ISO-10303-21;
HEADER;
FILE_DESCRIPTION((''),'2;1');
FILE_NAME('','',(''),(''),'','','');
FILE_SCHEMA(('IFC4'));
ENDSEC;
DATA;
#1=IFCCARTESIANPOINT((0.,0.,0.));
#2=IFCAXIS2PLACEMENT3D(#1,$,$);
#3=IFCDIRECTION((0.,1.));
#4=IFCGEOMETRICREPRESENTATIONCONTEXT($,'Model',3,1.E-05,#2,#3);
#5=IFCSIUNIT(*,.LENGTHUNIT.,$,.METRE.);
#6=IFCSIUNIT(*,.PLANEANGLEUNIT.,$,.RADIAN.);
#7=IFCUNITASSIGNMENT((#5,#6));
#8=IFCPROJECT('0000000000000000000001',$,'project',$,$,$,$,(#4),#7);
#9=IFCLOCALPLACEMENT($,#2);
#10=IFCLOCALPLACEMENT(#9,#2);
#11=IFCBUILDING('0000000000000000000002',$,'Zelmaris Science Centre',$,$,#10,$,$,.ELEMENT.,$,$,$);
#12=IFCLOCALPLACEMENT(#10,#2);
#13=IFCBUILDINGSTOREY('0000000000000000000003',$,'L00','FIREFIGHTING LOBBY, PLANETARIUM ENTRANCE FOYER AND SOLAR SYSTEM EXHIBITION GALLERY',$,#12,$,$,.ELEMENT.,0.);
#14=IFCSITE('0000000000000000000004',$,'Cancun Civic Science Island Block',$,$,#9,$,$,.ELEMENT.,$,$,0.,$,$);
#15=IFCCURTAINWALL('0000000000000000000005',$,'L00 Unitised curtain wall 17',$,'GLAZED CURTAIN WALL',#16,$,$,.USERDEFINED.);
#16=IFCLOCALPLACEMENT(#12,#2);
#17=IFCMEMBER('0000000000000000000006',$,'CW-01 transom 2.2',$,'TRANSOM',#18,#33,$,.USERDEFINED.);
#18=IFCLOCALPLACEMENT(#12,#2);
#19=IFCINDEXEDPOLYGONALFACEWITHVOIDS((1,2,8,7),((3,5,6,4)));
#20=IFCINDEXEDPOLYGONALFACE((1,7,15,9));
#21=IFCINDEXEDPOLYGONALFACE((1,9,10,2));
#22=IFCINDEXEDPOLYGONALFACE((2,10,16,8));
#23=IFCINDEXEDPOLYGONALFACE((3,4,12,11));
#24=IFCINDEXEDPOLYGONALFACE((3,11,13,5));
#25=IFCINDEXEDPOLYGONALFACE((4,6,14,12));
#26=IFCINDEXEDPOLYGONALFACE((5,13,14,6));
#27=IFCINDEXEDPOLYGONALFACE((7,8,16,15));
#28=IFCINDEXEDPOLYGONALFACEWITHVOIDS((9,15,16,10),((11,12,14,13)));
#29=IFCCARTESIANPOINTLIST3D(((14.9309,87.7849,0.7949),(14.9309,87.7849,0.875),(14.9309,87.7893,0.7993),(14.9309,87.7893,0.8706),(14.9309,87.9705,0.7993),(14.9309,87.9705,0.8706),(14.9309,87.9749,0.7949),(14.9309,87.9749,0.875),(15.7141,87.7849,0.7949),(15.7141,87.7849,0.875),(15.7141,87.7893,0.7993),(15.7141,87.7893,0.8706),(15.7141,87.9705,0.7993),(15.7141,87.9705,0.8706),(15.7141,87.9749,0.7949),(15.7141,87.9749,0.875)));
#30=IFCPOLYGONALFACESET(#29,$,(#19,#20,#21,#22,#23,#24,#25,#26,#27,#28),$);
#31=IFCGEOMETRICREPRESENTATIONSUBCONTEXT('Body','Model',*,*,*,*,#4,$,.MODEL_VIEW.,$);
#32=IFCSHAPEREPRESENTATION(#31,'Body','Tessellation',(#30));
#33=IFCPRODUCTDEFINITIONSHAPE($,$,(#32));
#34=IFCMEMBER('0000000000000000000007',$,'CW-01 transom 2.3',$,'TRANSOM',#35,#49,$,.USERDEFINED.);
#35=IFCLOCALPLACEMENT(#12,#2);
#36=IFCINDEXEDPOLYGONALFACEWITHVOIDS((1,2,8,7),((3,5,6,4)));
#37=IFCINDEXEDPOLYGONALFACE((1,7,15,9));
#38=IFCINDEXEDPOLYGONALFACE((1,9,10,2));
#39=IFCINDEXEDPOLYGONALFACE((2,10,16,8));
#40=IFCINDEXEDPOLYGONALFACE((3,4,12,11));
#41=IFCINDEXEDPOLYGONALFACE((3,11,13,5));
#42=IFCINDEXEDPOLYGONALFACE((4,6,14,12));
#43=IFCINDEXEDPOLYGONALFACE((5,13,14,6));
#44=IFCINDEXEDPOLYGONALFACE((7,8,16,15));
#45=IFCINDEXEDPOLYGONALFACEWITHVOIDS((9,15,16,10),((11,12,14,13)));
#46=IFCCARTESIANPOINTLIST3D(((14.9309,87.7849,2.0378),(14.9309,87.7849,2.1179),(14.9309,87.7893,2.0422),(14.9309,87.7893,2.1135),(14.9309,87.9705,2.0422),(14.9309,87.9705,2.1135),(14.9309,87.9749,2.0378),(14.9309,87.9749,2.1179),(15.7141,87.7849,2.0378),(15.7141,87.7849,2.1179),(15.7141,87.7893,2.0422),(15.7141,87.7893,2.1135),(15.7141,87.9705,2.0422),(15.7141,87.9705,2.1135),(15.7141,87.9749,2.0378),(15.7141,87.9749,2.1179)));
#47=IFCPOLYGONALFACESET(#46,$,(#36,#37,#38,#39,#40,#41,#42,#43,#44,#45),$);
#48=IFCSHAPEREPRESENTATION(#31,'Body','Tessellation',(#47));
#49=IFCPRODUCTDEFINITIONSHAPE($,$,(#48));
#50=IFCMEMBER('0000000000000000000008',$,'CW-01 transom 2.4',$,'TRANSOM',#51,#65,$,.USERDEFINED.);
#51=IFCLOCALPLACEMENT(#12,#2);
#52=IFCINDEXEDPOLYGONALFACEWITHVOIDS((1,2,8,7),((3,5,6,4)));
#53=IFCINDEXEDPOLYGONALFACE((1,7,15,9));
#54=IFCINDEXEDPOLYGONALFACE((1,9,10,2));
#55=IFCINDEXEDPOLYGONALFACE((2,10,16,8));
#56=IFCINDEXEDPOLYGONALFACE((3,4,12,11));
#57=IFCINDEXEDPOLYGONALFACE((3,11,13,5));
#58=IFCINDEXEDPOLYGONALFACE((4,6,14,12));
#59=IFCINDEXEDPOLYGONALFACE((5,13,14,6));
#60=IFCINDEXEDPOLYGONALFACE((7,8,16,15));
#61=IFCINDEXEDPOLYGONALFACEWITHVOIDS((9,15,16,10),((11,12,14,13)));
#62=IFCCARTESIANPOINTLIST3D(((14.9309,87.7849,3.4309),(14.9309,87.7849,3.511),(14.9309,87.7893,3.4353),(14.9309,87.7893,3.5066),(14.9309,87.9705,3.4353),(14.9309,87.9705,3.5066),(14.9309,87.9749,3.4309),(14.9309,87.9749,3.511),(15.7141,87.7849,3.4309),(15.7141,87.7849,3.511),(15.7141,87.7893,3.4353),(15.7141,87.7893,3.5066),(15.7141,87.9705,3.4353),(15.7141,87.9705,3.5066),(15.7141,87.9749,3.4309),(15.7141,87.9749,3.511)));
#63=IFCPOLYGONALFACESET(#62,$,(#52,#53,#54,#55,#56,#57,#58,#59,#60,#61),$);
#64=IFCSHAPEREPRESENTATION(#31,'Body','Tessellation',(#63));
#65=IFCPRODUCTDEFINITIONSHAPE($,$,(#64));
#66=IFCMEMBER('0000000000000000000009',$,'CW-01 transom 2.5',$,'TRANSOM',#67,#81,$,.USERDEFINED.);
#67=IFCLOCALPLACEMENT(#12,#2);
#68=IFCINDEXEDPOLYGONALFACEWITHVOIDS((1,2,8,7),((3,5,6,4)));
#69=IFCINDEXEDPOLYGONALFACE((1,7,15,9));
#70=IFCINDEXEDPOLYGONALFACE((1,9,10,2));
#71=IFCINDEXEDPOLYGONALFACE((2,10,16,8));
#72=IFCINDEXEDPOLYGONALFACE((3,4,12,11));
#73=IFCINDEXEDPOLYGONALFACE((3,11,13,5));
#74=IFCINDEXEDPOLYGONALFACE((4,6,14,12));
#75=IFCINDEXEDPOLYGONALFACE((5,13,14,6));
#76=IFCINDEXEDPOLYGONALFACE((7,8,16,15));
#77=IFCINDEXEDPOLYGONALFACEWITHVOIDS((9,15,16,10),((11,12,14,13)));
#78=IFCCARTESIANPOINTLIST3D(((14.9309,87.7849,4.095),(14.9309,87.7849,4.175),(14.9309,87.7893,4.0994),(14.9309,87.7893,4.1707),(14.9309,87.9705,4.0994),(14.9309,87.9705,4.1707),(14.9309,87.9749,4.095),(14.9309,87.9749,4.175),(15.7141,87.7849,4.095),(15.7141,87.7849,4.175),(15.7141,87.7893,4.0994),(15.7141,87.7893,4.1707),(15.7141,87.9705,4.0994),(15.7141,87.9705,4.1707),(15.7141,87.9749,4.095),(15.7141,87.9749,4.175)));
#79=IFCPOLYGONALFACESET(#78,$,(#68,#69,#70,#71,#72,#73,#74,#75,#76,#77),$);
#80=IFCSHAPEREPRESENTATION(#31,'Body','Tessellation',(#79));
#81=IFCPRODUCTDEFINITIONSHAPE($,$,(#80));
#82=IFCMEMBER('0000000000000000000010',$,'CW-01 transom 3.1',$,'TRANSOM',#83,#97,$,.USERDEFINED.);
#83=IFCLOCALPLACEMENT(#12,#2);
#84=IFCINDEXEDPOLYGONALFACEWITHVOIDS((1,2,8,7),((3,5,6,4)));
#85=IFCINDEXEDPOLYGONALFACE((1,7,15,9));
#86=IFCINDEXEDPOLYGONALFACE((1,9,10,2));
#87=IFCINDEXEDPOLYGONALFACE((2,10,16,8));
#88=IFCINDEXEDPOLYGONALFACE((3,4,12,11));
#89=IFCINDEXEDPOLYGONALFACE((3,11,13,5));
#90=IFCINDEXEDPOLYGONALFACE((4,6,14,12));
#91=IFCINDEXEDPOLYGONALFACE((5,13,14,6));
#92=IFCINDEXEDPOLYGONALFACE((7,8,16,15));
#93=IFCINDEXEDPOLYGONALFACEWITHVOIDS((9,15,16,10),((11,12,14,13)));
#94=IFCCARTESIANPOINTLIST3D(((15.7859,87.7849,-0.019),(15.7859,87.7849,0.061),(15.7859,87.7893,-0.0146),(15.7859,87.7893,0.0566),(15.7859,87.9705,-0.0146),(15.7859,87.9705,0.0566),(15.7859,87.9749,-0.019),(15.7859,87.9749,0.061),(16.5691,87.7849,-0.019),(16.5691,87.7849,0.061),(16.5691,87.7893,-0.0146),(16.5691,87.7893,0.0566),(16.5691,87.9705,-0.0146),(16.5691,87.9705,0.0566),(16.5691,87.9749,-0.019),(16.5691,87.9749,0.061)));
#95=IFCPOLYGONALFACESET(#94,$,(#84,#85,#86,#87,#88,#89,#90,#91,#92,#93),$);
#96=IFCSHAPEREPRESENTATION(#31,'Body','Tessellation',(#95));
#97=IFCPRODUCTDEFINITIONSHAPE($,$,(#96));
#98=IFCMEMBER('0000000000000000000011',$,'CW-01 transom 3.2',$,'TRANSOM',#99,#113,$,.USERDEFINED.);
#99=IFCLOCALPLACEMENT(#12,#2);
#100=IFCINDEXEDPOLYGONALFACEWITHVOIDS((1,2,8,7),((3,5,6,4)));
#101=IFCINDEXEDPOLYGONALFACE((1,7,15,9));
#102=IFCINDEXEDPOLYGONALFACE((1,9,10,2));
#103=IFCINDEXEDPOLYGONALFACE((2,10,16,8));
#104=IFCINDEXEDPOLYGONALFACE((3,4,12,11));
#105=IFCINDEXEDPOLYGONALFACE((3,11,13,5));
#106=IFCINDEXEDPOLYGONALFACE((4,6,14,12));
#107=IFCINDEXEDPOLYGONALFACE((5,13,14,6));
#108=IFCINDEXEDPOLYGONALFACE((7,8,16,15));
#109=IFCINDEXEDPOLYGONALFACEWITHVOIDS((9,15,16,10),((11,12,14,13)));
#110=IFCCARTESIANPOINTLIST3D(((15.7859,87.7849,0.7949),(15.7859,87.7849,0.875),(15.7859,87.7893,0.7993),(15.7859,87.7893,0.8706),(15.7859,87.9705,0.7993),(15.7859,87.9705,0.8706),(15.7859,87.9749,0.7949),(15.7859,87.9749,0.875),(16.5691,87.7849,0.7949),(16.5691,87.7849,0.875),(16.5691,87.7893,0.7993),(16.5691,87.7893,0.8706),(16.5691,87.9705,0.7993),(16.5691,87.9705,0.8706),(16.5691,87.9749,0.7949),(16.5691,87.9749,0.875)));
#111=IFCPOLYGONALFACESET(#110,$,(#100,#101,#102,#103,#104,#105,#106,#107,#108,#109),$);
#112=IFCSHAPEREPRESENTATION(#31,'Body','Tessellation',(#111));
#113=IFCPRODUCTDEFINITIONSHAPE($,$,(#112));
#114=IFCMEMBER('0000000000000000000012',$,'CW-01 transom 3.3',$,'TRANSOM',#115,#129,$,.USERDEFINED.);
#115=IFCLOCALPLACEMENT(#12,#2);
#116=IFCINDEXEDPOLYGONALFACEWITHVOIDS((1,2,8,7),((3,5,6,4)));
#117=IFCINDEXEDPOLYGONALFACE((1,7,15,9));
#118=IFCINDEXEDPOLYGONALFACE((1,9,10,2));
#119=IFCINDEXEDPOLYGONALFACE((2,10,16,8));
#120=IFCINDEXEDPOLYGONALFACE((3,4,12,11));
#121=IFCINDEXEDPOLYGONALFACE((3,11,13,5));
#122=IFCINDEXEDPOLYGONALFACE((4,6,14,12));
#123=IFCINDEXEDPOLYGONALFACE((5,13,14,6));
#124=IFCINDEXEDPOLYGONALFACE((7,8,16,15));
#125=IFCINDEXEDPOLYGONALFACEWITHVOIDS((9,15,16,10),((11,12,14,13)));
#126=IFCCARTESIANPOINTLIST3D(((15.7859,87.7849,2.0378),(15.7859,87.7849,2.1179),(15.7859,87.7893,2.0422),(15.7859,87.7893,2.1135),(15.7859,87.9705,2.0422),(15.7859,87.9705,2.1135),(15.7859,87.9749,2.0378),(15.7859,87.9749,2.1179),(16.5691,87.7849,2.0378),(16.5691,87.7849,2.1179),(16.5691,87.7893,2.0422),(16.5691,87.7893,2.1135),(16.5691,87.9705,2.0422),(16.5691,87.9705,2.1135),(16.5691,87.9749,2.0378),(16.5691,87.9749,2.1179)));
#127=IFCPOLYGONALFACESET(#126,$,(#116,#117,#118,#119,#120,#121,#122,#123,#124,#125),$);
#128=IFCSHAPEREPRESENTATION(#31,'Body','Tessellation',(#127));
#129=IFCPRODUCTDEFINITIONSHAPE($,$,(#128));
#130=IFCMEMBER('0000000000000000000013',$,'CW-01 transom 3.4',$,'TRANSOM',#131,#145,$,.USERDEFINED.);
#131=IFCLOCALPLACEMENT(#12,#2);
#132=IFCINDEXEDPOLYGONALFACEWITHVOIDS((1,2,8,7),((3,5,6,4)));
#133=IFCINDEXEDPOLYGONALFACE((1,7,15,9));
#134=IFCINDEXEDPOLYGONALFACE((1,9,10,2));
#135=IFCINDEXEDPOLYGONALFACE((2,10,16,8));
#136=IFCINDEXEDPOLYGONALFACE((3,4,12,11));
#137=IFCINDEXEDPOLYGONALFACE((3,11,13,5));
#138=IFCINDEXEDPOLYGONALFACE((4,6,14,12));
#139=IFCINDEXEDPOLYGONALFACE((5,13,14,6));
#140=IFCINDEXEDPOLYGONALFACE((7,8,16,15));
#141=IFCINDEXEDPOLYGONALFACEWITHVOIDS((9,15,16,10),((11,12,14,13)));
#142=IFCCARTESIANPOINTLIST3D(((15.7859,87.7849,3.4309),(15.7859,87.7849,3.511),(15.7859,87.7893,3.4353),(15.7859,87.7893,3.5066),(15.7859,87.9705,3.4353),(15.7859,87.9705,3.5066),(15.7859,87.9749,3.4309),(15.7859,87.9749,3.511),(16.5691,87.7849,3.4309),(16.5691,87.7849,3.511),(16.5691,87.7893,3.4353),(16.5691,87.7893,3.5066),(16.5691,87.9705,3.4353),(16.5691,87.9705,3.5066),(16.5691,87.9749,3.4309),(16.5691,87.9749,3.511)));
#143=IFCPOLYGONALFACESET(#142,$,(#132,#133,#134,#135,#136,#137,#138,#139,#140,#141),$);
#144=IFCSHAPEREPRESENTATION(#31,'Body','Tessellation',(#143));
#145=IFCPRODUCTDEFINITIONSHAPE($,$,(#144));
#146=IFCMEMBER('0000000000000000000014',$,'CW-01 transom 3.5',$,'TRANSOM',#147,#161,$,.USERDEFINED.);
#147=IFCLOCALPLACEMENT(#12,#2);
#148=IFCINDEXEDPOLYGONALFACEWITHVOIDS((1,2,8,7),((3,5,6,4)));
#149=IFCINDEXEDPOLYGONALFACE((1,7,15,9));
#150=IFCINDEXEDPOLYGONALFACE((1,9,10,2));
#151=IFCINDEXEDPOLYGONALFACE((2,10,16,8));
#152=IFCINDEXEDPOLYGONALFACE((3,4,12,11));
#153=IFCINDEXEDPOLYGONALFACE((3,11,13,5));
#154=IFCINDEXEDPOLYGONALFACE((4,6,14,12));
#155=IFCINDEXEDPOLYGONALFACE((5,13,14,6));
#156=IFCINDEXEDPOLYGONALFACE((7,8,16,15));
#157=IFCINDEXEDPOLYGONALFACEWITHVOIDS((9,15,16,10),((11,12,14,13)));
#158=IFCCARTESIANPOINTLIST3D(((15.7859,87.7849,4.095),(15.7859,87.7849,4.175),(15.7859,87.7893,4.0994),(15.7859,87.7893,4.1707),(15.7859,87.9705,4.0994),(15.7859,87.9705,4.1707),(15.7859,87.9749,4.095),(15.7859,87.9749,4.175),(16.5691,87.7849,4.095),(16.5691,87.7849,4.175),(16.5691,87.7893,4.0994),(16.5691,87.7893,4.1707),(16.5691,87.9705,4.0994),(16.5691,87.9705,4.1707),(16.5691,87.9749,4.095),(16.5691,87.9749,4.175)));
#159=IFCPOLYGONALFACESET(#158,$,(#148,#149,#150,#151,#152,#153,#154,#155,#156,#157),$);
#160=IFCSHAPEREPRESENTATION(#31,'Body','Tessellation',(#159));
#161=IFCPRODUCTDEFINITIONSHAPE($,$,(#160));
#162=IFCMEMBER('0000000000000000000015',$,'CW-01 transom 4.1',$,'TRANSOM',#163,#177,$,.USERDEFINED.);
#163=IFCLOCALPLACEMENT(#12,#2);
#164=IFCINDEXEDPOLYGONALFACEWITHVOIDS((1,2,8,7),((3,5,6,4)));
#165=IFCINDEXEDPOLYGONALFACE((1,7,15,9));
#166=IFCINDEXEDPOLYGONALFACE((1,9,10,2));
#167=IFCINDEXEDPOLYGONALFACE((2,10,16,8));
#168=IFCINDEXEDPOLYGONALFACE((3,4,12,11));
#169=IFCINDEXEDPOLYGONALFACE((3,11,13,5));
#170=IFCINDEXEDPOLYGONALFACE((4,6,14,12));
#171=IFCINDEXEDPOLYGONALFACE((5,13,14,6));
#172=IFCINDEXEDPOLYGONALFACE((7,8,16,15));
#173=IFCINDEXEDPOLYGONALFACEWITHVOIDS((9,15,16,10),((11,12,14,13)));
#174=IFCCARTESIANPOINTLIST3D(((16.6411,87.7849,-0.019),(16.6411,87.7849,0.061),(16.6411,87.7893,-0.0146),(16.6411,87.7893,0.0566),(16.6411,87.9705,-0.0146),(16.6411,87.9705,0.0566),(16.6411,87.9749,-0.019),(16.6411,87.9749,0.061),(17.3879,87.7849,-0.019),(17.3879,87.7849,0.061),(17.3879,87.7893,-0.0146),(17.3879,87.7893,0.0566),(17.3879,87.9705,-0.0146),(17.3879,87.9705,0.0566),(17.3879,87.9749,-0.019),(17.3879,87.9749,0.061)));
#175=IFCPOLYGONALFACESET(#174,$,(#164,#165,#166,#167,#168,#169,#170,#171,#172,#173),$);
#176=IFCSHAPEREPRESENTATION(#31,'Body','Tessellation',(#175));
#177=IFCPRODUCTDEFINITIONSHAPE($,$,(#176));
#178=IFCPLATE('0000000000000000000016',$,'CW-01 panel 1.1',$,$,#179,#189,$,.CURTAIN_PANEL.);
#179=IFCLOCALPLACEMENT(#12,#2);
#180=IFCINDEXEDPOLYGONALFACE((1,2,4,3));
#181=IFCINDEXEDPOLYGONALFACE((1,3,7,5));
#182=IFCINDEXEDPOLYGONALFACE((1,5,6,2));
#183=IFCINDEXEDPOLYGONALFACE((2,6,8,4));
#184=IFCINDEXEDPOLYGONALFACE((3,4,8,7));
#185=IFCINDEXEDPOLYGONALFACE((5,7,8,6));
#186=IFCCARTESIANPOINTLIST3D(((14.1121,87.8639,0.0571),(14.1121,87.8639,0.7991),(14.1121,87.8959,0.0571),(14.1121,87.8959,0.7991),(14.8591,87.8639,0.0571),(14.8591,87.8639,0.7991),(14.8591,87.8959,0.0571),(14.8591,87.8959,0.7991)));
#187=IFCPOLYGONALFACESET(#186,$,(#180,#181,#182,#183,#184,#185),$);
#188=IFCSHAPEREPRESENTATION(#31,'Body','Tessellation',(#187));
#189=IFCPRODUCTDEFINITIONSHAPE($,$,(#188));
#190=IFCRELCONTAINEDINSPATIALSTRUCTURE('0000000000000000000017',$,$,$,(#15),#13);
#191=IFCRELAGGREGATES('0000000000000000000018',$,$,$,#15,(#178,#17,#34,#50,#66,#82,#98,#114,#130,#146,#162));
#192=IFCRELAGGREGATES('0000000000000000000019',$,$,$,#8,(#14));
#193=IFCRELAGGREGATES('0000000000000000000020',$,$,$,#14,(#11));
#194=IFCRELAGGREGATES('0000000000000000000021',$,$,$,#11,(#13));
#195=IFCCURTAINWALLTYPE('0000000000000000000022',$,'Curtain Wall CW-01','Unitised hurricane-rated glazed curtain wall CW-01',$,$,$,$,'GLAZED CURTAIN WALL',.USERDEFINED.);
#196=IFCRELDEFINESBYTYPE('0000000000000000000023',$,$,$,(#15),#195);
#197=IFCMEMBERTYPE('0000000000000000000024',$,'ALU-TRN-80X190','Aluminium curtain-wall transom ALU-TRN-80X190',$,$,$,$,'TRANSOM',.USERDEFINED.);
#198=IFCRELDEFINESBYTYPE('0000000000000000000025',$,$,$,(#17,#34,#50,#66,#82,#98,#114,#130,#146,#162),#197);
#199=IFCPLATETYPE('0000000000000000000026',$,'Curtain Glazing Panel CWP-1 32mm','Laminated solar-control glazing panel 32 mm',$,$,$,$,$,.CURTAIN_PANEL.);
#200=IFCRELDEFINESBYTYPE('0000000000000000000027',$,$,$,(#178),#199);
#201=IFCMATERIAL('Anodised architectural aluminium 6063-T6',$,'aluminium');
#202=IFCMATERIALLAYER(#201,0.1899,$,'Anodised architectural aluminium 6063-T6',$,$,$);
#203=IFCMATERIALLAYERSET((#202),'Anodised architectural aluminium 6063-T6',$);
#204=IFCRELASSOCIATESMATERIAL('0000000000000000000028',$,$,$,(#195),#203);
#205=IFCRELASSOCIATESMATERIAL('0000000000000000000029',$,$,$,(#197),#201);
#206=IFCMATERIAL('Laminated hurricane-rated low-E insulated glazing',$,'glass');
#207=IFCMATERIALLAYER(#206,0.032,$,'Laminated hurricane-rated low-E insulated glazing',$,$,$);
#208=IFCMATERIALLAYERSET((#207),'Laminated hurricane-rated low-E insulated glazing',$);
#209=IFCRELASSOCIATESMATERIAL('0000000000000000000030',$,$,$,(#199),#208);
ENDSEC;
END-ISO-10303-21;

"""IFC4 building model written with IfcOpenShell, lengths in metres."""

from ifc_helpers import new_model, si_unit, direction, frame, origin, origin_2d, place, context, subcontext, project, spatial, rectangle, hollow_rectangle, extrude, material, layer, layer_set, material_profile, profile_set, type_object, element, aggregate, save


model = new_model("IFC4")

# Units and contexts
model_context = context("Model", 3, precision=1e-05, world=origin(), true_north=direction((0.0, 1.0)))
body_context = subcontext(model_context, "Body", "Model", "MODEL_VIEW")
ifc_project = project(units=[si_unit("LENGTHUNIT", "METRE"), si_unit("PLANEANGLEUNIT", "RADIAN")], contexts=[model_context])

# Site, building, storey
site_placement = place(None, origin())
site = spatial("IfcSite", under=ifc_project, at=site_placement, Name="Cancun Civic Science Island Block", CompositionType="ELEMENT", RefElevation=0.0)
building_placement = place(site_placement, origin())
building = spatial("IfcBuilding", under=site, at=building_placement, Name="Zelmaris Science Centre", CompositionType="ELEMENT")
storey_placement = place(building_placement, origin())
storey = spatial("IfcBuildingStorey", under=building, at=storey_placement, Name="L00", Description="FIREFIGHTING LOBBY, PLANETARIUM ENTRANCE FOYER AND SOLAR SYSTEM EXHIBITION GALLERY", CompositionType="ELEMENT", Elevation=0.0)

# Shared definitions
ifc_material_1 = material(Name="Anodised architectural aluminium 6063-T6", Category="aluminium")

# Curtain wall, members, plate
ifc_layer_1 = layer(ifc_material_1, 0.1899, Name="Anodised architectural aluminium 6063-T6")
ifc_layer_set_1 = layer_set([ifc_layer_1], Name="Anodised architectural aluminium 6063-T6")
curtain_wall_type_1 = type_object("IfcCurtainWallType", Name="Curtain Wall CW-01", Description="Unitised hurricane-rated glazed curtain wall CW-01", ElementType="GLAZED CURTAIN WALL", PredefinedType="USERDEFINED", material=ifc_layer_set_1)
curtain_wall_1_placement = place(storey_placement, origin())
curtain_wall_1 = element("IfcCurtainWall", 1, at=curtain_wall_1_placement, inside=storey, type_object=curtain_wall_type_1, Name="L00 Unitised curtain wall 17", ObjectType="GLAZED CURTAIN WALL", PredefinedType="USERDEFINED")
ifc_material_profile_1 = material_profile(ifc_material_1, hollow_rectangle(XDim=0.0801, YDim=0.1899, WallThickness=0.0044, at=origin_2d()), Name="ALU-TRN-80X190")
ifc_profile_set_1 = profile_set([ifc_material_profile_1], Name="Anodised architectural aluminium 6063-T6")
member_type_1 = type_object("IfcMemberType", Name="ALU-TRN-80X190", Description="Aluminium curtain-wall transom ALU-TRN-80X190", ElementType="TRANSOM", PredefinedType="USERDEFINED", material=ifc_profile_set_1)
member_1_placement = place(storey_placement, frame((14.9309, 87.8799, 0.835), z_axis=(1.0, 0.0, 0.0), x_axis=(0.0, 0.0, 1.0)))
member_1 = element("IfcMember", 2, at=member_1_placement, type_object=member_type_1, Name="CW-01 transom 2.2", ObjectType="TRANSOM", PredefinedType="USERDEFINED", context=body_context, shape_type="SweptSolid", body=[
    extrude(hollow_rectangle(XDim=0.0801, YDim=0.1899, WallThickness=0.0044, at=origin_2d()), origin(), (0.0, 0.0, 1.0), 0.7832),
])
member_2_placement = place(storey_placement, frame((14.9309, 87.8799, 2.0779), z_axis=(1.0, 0.0, 0.0), x_axis=(0.0, 0.0, 1.0)))
member_2 = element("IfcMember", 3, at=member_2_placement, type_object=member_type_1, Name="CW-01 transom 2.3", ObjectType="TRANSOM", PredefinedType="USERDEFINED", context=body_context, shape_type="SweptSolid", body=[
    extrude(hollow_rectangle(XDim=0.0801, YDim=0.1899, WallThickness=0.0044, at=origin_2d()), origin(), (0.0, 0.0, 1.0), 0.7832),
])
member_3_placement = place(storey_placement, frame((14.9309, 87.8799, 3.4709), z_axis=(1.0, 0.0, 0.0), x_axis=(0.0, 0.0, 1.0)))
member_3 = element("IfcMember", 4, at=member_3_placement, type_object=member_type_1, Name="CW-01 transom 2.4", ObjectType="TRANSOM", PredefinedType="USERDEFINED", context=body_context, shape_type="SweptSolid", body=[
    extrude(hollow_rectangle(XDim=0.0801, YDim=0.1899, WallThickness=0.0044, at=origin_2d()), origin(), (0.0, 0.0, 1.0), 0.7832),
])
member_4_placement = place(storey_placement, frame((14.9309, 87.8799, 4.135), z_axis=(1.0, 0.0, 0.0), x_axis=(0.0, 0.0, 1.0)))
member_4 = element("IfcMember", 5, at=member_4_placement, type_object=member_type_1, Name="CW-01 transom 2.5", ObjectType="TRANSOM", PredefinedType="USERDEFINED", context=body_context, shape_type="SweptSolid", body=[
    extrude(hollow_rectangle(XDim=0.0801, YDim=0.1899, WallThickness=0.0044, at=origin_2d()), origin(), (0.0, 0.0, 1.0), 0.7832),
])
member_5_placement = place(storey_placement, frame((15.7859, 87.8799, 0.021), z_axis=(1.0, 0.0, 0.0), x_axis=(0.0, 0.0, 1.0)))
member_5 = element("IfcMember", 6, at=member_5_placement, type_object=member_type_1, Name="CW-01 transom 3.1", ObjectType="TRANSOM", PredefinedType="USERDEFINED", context=body_context, shape_type="SweptSolid", body=[
    extrude(hollow_rectangle(XDim=0.0801, YDim=0.1899, WallThickness=0.0044, at=origin_2d()), origin(), (0.0, 0.0, 1.0), 0.7832),
])
member_6_placement = place(storey_placement, frame((15.7859, 87.8799, 0.835), z_axis=(1.0, 0.0, 0.0), x_axis=(0.0, 0.0, 1.0)))
member_6 = element("IfcMember", 7, at=member_6_placement, type_object=member_type_1, Name="CW-01 transom 3.2", ObjectType="TRANSOM", PredefinedType="USERDEFINED", context=body_context, shape_type="SweptSolid", body=[
    extrude(hollow_rectangle(XDim=0.0801, YDim=0.1899, WallThickness=0.0044, at=origin_2d()), origin(), (0.0, 0.0, 1.0), 0.7832),
])
member_7_placement = place(storey_placement, frame((15.7859, 87.8799, 2.0779), z_axis=(1.0, 0.0, 0.0), x_axis=(0.0, 0.0, 1.0)))
member_7 = element("IfcMember", 8, at=member_7_placement, type_object=member_type_1, Name="CW-01 transom 3.3", ObjectType="TRANSOM", PredefinedType="USERDEFINED", context=body_context, shape_type="SweptSolid", body=[
    extrude(hollow_rectangle(XDim=0.0801, YDim=0.1899, WallThickness=0.0044, at=origin_2d()), origin(), (0.0, 0.0, 1.0), 0.7832),
])
member_8_placement = place(storey_placement, frame((15.7859, 87.8799, 3.4709), z_axis=(1.0, 0.0, 0.0), x_axis=(0.0, 0.0, 1.0)))
member_8 = element("IfcMember", 9, at=member_8_placement, type_object=member_type_1, Name="CW-01 transom 3.4", ObjectType="TRANSOM", PredefinedType="USERDEFINED", context=body_context, shape_type="SweptSolid", body=[
    extrude(hollow_rectangle(XDim=0.0801, YDim=0.1899, WallThickness=0.0044, at=origin_2d()), origin(), (0.0, 0.0, 1.0), 0.7832),
])
member_9_placement = place(storey_placement, frame((15.7859, 87.8799, 4.135), z_axis=(1.0, 0.0, 0.0), x_axis=(0.0, 0.0, 1.0)))
member_9 = element("IfcMember", 10, at=member_9_placement, type_object=member_type_1, Name="CW-01 transom 3.5", ObjectType="TRANSOM", PredefinedType="USERDEFINED", context=body_context, shape_type="SweptSolid", body=[
    extrude(hollow_rectangle(XDim=0.0801, YDim=0.1899, WallThickness=0.0044, at=origin_2d()), origin(), (0.0, 0.0, 1.0), 0.7832),
])
member_10_placement = place(storey_placement, frame((16.6411, 87.8799, 0.021), z_axis=(1.0, 0.0, 0.0), x_axis=(0.0, 0.0, 1.0)))
member_10 = element("IfcMember", 11, at=member_10_placement, type_object=member_type_1, Name="CW-01 transom 4.1", ObjectType="TRANSOM", PredefinedType="USERDEFINED", context=body_context, shape_type="SweptSolid", body=[
    extrude(hollow_rectangle(XDim=0.0801, YDim=0.1899, WallThickness=0.0044, at=origin_2d()), origin(), (0.0, 0.0, 1.0), 0.7468),
])
ifc_material_2 = material(Name="Laminated hurricane-rated low-E insulated glazing", Category="glass")
ifc_layer_2 = layer(ifc_material_2, 0.032, Name="Laminated hurricane-rated low-E insulated glazing")
ifc_layer_set_2 = layer_set([ifc_layer_2], Name="Laminated hurricane-rated low-E insulated glazing")
plate_type = type_object("IfcPlateType", Name="Curtain Glazing Panel CWP-1 32mm", Description="Laminated solar-control glazing panel 32 mm", PredefinedType="CURTAIN_PANEL", material=ifc_layer_set_2)
plate_1_placement = place(storey_placement, frame((14.4856, 87.8799, 0.0571), z_axis=(0.0, 0.0, 1.0), x_axis=(1.0, 0.0, 0.0)))
plate_1 = element("IfcPlate", 12, at=plate_1_placement, type_object=plate_type, Name="CW-01 panel 1.1", PredefinedType="CURTAIN_PANEL", context=body_context, shape_type="SweptSolid", body=[
    extrude(rectangle(XDim=0.7471, YDim=0.032, at=origin_2d()), origin(), (0.0, 0.0, 1.0), 0.7419),
])
aggregate(curtain_wall_1, [plate_1, member_1, member_2, member_3, member_4, member_5, member_6, member_7, member_8, member_9, member_10])

save(model, "model.ifc")
